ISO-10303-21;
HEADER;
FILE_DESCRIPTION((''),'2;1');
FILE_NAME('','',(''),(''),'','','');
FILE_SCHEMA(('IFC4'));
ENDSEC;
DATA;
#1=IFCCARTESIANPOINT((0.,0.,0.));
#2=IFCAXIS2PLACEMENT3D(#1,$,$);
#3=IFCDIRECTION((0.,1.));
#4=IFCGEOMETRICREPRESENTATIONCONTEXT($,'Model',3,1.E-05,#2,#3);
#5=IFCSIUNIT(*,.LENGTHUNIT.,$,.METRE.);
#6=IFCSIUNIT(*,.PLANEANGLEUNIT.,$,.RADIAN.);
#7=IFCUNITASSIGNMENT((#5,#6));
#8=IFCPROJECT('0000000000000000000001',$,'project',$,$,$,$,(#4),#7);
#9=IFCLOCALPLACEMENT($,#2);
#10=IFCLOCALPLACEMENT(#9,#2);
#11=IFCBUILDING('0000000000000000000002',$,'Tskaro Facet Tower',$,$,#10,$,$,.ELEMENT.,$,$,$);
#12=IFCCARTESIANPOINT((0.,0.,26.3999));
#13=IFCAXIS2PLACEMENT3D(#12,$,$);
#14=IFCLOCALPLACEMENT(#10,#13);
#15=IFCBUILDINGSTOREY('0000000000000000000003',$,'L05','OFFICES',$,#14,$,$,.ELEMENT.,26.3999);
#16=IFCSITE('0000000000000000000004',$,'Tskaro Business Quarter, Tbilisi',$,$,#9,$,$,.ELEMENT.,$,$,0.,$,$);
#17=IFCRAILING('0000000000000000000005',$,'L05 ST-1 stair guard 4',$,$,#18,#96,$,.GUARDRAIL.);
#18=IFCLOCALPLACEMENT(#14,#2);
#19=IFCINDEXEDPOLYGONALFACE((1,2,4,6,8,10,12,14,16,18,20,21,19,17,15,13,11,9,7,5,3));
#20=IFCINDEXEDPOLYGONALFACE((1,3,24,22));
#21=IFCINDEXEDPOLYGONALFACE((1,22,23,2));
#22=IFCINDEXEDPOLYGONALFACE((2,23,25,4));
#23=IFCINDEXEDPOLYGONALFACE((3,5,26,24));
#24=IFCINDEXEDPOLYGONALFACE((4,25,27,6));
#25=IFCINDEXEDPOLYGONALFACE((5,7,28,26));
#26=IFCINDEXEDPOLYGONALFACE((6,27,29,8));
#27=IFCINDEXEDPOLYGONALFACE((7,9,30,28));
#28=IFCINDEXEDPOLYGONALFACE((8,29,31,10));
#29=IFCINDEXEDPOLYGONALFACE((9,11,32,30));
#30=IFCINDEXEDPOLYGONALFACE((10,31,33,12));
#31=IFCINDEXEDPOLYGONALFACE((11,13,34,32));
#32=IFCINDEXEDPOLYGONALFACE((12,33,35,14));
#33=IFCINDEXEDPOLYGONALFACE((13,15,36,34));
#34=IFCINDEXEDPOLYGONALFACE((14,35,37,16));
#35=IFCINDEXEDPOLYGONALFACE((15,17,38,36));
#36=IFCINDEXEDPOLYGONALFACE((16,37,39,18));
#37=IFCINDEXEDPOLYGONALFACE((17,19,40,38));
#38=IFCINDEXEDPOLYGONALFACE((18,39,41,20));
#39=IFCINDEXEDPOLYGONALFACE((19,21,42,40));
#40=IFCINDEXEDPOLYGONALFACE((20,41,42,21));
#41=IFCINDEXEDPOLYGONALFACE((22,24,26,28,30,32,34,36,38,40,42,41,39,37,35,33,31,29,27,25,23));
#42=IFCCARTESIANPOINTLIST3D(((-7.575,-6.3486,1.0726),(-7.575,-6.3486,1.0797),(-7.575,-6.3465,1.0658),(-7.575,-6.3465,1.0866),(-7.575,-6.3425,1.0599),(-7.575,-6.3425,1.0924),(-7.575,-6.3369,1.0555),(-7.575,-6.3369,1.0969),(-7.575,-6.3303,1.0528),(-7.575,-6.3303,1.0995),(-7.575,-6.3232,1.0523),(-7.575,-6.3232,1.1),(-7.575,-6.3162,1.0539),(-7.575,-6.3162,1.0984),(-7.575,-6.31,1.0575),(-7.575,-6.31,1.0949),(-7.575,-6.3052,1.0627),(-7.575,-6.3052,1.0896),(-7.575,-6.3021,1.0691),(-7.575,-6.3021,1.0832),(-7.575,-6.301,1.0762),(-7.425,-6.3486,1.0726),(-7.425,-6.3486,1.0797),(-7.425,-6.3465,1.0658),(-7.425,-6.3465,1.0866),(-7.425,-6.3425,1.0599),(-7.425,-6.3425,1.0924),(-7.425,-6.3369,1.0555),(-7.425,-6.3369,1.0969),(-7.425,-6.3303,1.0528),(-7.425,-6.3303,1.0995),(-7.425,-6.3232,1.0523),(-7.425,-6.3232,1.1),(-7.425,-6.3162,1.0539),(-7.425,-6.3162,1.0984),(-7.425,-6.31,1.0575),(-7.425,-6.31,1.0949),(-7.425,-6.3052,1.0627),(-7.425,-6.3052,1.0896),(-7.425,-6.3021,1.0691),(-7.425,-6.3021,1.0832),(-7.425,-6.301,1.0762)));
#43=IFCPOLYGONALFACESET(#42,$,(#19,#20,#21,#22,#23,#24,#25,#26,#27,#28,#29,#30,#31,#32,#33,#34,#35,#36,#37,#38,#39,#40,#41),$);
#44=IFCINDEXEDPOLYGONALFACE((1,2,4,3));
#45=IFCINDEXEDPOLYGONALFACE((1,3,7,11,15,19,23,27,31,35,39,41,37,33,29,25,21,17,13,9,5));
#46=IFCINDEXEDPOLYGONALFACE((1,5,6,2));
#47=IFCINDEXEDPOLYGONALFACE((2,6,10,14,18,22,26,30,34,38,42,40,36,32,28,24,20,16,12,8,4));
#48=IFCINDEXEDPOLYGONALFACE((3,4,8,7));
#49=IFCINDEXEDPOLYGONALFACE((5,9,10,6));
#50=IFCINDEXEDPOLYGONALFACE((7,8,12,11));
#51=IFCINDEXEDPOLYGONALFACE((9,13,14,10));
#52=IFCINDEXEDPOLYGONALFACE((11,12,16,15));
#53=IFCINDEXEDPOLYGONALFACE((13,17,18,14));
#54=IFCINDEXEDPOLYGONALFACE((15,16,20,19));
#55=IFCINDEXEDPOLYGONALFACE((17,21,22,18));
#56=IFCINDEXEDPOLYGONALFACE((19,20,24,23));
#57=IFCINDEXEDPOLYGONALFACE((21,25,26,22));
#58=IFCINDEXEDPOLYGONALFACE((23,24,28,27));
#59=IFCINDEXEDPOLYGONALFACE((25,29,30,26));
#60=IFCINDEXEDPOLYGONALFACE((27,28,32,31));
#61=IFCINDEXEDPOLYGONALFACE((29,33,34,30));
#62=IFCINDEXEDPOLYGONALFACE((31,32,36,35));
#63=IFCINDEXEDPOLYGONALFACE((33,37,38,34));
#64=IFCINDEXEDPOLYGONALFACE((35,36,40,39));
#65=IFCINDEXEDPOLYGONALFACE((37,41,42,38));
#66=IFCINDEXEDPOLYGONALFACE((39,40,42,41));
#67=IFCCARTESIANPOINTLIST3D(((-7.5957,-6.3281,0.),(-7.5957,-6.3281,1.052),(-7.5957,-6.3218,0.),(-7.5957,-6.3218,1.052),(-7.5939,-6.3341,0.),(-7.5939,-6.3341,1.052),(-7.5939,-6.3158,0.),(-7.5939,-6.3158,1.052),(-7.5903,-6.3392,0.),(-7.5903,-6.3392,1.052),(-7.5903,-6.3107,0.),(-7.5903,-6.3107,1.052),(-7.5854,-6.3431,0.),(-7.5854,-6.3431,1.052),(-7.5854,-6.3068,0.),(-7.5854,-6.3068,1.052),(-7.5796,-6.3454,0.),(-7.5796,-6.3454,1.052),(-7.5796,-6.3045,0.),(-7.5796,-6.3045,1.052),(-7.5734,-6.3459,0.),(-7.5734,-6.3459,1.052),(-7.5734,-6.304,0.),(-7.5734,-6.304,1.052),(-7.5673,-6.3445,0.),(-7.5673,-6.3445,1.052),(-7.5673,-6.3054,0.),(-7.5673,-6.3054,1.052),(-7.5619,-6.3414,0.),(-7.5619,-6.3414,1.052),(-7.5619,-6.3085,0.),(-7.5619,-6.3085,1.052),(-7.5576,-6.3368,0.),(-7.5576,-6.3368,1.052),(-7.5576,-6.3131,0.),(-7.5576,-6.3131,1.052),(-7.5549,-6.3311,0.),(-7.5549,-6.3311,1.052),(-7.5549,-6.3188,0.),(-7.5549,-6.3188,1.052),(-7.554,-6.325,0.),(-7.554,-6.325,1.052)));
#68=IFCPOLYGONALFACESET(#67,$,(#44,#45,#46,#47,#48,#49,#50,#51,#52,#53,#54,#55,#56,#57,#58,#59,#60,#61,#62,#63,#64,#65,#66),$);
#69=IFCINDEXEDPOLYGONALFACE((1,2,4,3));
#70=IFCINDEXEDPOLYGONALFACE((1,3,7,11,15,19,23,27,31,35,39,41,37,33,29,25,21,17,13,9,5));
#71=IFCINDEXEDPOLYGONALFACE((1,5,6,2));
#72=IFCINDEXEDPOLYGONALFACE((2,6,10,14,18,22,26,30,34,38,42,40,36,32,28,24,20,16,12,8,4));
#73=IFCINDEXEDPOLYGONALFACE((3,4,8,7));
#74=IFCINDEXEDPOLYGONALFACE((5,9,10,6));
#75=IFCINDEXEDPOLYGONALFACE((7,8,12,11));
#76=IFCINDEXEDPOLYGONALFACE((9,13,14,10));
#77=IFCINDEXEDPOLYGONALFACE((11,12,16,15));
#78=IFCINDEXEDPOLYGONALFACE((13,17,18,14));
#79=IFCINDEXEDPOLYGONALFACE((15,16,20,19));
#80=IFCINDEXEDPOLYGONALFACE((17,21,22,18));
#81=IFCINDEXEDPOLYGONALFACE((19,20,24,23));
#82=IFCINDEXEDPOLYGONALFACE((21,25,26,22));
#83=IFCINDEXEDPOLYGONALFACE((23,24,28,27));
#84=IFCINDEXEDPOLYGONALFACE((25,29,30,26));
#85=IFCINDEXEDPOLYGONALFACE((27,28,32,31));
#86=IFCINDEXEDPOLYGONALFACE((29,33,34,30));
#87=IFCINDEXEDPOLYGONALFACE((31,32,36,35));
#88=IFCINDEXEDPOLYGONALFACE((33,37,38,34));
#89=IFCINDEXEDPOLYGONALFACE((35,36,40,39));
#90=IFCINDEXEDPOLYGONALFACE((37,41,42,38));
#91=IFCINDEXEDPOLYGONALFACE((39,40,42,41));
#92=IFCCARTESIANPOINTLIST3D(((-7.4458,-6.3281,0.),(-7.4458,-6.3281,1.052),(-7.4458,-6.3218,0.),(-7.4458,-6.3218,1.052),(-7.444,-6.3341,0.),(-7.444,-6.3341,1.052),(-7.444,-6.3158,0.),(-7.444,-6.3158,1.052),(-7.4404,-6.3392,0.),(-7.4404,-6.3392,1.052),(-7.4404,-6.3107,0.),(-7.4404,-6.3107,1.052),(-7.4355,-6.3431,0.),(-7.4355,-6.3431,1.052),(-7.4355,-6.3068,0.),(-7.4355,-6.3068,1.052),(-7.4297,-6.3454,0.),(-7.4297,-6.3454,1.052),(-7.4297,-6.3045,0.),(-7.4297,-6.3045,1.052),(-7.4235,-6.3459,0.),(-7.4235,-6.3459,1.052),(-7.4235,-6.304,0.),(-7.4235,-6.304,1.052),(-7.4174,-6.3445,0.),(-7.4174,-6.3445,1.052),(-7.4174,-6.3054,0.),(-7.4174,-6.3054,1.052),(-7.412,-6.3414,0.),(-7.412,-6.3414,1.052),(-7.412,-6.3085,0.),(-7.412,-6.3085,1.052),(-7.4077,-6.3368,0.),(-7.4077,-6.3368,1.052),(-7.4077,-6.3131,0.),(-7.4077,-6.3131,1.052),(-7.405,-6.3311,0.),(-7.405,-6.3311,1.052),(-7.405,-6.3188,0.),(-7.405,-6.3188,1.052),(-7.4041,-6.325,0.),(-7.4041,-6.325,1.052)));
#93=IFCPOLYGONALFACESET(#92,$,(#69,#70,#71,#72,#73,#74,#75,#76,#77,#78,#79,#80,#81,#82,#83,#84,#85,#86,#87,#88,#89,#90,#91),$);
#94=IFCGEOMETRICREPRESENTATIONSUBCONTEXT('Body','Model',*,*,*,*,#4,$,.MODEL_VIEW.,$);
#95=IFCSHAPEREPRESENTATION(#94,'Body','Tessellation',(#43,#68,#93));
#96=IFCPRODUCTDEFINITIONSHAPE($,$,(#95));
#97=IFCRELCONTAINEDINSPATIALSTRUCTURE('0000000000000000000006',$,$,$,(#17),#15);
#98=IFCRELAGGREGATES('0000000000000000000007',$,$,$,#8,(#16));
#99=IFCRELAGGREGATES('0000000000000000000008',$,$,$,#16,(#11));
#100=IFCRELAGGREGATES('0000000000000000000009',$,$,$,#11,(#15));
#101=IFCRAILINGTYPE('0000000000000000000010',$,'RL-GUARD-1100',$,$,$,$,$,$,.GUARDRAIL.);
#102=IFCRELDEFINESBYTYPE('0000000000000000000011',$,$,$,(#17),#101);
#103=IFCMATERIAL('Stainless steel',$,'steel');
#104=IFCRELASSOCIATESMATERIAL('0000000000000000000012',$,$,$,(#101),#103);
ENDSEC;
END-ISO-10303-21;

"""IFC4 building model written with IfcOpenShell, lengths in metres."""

from ifc_helpers import new_model, si_unit, direction, frame, origin, origin_2d, place, context, subcontext, project, spatial, circle, extrude, material, type_object, element, save


model = new_model("IFC4")

# Units and contexts
model_context = context("Model", 3, precision=1e-05, world=origin(), true_north=direction((0.0, 1.0)))
body_context = subcontext(model_context, "Body", "Model", "MODEL_VIEW")
ifc_project = project(units=[si_unit("LENGTHUNIT", "METRE"), si_unit("PLANEANGLEUNIT", "RADIAN")], contexts=[model_context])

# Site, building, storey
site_placement = place(None, origin())
site = spatial("IfcSite", under=ifc_project, at=site_placement, Name="Tskaro Business Quarter, Tbilisi", CompositionType="ELEMENT", RefElevation=0.0)
building_placement = place(site_placement, origin())
building = spatial("IfcBuilding", under=site, at=building_placement, Name="Tskaro Facet Tower", CompositionType="ELEMENT")
storey_placement = place(building_placement, frame((0.0, 0.0, 26.3999)))
storey = spatial("IfcBuildingStorey", under=building, at=storey_placement, Name="L05", Description="OFFICES", CompositionType="ELEMENT", Elevation=26.3999)

# Shared definitions
ifc_material_1 = material(Name="Stainless steel", Category="steel")

# Railing
railing_type_1 = type_object("IfcRailingType", Name="RL-GUARD-1100", PredefinedType="GUARDRAIL", material=ifc_material_1)
railing_1_placement = place(storey_placement, frame((-7.575, -6.325, 0.0)))
element("IfcRailing", 1, at=railing_1_placement, inside=storey, type_object=railing_type_1, Name="L05 ST-1 stair guard 4", PredefinedType="GUARDRAIL", context=body_context, shape_type="SweptSolid", body=[
    extrude(circle(Radius=0.0239, at=origin_2d()), frame((0.0, 0.0, 1.0762), z_axis=(1.0, 0.0, 0.0), x_axis=(0.0, 1.0, 0.0)), (0.0, 0.0, 1.0), 0.1499),
    extrude(circle(Radius=0.021, at=origin_2d()), origin(), (0.0, 0.0, 1.0), 1.052),
    extrude(circle(Radius=0.021, at=origin_2d()), frame((0.1499, 0.0, 0.0)), (0.0, 0.0, 1.0), 1.052),
])

save(model, "model.ifc")
